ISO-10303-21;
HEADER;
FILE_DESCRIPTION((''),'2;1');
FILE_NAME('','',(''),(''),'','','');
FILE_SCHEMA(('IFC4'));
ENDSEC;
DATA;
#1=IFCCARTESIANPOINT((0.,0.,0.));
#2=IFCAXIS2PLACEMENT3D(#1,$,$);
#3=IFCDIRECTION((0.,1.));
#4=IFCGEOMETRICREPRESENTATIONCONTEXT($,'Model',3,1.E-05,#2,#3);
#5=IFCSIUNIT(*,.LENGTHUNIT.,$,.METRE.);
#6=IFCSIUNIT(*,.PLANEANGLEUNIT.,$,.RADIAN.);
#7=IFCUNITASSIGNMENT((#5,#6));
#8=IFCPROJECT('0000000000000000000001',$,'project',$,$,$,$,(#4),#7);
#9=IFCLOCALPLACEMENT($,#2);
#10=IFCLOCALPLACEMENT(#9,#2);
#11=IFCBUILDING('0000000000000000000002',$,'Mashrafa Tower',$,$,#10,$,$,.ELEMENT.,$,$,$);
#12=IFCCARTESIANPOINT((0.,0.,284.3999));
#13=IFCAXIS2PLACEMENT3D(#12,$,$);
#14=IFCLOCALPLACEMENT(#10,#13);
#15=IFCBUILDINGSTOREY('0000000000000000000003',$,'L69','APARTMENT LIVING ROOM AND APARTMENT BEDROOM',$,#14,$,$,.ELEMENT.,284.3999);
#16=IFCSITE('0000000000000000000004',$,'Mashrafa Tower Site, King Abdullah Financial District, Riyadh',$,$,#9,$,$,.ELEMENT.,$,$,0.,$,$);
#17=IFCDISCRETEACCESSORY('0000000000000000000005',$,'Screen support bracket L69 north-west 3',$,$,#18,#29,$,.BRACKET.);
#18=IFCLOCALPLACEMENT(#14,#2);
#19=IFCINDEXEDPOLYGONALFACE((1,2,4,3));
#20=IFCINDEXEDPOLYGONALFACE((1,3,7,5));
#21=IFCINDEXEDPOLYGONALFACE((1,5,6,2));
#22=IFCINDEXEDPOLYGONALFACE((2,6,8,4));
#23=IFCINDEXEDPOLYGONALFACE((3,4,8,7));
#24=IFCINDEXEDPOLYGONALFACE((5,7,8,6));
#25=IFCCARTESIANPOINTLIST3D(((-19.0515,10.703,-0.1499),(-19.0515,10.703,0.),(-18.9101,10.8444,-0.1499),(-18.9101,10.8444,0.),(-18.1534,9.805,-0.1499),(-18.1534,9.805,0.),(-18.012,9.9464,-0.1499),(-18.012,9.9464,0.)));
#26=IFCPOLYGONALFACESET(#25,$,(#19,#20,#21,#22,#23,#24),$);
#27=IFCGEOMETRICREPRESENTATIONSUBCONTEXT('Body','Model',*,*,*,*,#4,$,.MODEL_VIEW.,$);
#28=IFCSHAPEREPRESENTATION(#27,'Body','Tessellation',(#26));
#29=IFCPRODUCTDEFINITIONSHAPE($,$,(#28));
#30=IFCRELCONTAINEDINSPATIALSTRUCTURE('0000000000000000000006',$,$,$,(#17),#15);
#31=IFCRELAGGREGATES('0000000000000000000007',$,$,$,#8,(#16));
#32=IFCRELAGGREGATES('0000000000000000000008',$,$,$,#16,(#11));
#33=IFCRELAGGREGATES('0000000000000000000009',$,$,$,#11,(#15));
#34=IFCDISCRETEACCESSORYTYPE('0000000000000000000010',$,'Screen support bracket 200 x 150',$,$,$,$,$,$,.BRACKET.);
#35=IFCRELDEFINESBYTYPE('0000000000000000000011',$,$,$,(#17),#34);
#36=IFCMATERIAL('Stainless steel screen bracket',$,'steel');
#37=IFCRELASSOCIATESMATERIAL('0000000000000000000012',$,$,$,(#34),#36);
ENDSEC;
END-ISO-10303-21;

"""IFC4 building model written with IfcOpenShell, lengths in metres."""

from ifc_helpers import new_model, si_unit, direction, frame, origin, origin_2d, place, context, subcontext, project, spatial, rectangle, extrude, source, transform, mapped, material, type_object, type_shapes, element, save


model = new_model("IFC4")

# Units and contexts
model_context = context("Model", 3, precision=1e-05, world=origin(), true_north=direction((0.0, 1.0)))
body_context = subcontext(model_context, "Body", "Model", "MODEL_VIEW")
ifc_project = project(units=[si_unit("LENGTHUNIT", "METRE"), si_unit("PLANEANGLEUNIT", "RADIAN")], contexts=[model_context])

# Site, building, storey
site_placement = place(None, origin())
site = spatial("IfcSite", under=ifc_project, at=site_placement, Name="Mashrafa Tower Site, King Abdullah Financial District, Riyadh", CompositionType="ELEMENT", RefElevation=0.0)
building_placement = place(site_placement, origin())
building = spatial("IfcBuilding", under=site, at=building_placement, Name="Mashrafa Tower", CompositionType="ELEMENT")
storey_placement = place(building_placement, frame((0.0, 0.0, 284.3999)))
storey = spatial("IfcBuildingStorey", under=building, at=storey_placement, Name="L69", Description="APARTMENT LIVING ROOM AND APARTMENT BEDROOM", CompositionType="ELEMENT", Elevation=284.3999)

# Discrete accessory
ifc_material_1 = material(Name="Stainless steel screen bracket", Category="steel")
discrete_accessory_type = type_object("IfcDiscreteAccessoryType", Name="Screen support bracket 200 x 150", PredefinedType="BRACKET", material=ifc_material_1)
shared_shape_1 = source(origin(), body_context, "Body", "SweptSolid", [
    extrude(rectangle(XDim=0.2, YDim=1.27, at=origin_2d()), origin(), (0.0, 0.0, 1.0), 0.1499),
])
type_shapes(discrete_accessory_type, [shared_shape_1])
for number, where, z_axis, x_axis, name in (
    (1, (-18.5317, 10.3247, -0.1499), (0.0, 0.0, 1.0), (-0.707107, -0.707107, 0.0), "Screen support bracket L69 north-west 3"),
):
    element("IfcDiscreteAccessory", number, at=place(storey_placement, frame(where, z_axis=z_axis, x_axis=x_axis)), inside=storey, type_object=discrete_accessory_type, Name=name, PredefinedType="BRACKET", context=body_context, shape_type="MappedRepresentation", body=[
        mapped(shared_shape_1, transform((0.0, 0.0, 0.0))),
    ])

save(model, "model.ifc")
